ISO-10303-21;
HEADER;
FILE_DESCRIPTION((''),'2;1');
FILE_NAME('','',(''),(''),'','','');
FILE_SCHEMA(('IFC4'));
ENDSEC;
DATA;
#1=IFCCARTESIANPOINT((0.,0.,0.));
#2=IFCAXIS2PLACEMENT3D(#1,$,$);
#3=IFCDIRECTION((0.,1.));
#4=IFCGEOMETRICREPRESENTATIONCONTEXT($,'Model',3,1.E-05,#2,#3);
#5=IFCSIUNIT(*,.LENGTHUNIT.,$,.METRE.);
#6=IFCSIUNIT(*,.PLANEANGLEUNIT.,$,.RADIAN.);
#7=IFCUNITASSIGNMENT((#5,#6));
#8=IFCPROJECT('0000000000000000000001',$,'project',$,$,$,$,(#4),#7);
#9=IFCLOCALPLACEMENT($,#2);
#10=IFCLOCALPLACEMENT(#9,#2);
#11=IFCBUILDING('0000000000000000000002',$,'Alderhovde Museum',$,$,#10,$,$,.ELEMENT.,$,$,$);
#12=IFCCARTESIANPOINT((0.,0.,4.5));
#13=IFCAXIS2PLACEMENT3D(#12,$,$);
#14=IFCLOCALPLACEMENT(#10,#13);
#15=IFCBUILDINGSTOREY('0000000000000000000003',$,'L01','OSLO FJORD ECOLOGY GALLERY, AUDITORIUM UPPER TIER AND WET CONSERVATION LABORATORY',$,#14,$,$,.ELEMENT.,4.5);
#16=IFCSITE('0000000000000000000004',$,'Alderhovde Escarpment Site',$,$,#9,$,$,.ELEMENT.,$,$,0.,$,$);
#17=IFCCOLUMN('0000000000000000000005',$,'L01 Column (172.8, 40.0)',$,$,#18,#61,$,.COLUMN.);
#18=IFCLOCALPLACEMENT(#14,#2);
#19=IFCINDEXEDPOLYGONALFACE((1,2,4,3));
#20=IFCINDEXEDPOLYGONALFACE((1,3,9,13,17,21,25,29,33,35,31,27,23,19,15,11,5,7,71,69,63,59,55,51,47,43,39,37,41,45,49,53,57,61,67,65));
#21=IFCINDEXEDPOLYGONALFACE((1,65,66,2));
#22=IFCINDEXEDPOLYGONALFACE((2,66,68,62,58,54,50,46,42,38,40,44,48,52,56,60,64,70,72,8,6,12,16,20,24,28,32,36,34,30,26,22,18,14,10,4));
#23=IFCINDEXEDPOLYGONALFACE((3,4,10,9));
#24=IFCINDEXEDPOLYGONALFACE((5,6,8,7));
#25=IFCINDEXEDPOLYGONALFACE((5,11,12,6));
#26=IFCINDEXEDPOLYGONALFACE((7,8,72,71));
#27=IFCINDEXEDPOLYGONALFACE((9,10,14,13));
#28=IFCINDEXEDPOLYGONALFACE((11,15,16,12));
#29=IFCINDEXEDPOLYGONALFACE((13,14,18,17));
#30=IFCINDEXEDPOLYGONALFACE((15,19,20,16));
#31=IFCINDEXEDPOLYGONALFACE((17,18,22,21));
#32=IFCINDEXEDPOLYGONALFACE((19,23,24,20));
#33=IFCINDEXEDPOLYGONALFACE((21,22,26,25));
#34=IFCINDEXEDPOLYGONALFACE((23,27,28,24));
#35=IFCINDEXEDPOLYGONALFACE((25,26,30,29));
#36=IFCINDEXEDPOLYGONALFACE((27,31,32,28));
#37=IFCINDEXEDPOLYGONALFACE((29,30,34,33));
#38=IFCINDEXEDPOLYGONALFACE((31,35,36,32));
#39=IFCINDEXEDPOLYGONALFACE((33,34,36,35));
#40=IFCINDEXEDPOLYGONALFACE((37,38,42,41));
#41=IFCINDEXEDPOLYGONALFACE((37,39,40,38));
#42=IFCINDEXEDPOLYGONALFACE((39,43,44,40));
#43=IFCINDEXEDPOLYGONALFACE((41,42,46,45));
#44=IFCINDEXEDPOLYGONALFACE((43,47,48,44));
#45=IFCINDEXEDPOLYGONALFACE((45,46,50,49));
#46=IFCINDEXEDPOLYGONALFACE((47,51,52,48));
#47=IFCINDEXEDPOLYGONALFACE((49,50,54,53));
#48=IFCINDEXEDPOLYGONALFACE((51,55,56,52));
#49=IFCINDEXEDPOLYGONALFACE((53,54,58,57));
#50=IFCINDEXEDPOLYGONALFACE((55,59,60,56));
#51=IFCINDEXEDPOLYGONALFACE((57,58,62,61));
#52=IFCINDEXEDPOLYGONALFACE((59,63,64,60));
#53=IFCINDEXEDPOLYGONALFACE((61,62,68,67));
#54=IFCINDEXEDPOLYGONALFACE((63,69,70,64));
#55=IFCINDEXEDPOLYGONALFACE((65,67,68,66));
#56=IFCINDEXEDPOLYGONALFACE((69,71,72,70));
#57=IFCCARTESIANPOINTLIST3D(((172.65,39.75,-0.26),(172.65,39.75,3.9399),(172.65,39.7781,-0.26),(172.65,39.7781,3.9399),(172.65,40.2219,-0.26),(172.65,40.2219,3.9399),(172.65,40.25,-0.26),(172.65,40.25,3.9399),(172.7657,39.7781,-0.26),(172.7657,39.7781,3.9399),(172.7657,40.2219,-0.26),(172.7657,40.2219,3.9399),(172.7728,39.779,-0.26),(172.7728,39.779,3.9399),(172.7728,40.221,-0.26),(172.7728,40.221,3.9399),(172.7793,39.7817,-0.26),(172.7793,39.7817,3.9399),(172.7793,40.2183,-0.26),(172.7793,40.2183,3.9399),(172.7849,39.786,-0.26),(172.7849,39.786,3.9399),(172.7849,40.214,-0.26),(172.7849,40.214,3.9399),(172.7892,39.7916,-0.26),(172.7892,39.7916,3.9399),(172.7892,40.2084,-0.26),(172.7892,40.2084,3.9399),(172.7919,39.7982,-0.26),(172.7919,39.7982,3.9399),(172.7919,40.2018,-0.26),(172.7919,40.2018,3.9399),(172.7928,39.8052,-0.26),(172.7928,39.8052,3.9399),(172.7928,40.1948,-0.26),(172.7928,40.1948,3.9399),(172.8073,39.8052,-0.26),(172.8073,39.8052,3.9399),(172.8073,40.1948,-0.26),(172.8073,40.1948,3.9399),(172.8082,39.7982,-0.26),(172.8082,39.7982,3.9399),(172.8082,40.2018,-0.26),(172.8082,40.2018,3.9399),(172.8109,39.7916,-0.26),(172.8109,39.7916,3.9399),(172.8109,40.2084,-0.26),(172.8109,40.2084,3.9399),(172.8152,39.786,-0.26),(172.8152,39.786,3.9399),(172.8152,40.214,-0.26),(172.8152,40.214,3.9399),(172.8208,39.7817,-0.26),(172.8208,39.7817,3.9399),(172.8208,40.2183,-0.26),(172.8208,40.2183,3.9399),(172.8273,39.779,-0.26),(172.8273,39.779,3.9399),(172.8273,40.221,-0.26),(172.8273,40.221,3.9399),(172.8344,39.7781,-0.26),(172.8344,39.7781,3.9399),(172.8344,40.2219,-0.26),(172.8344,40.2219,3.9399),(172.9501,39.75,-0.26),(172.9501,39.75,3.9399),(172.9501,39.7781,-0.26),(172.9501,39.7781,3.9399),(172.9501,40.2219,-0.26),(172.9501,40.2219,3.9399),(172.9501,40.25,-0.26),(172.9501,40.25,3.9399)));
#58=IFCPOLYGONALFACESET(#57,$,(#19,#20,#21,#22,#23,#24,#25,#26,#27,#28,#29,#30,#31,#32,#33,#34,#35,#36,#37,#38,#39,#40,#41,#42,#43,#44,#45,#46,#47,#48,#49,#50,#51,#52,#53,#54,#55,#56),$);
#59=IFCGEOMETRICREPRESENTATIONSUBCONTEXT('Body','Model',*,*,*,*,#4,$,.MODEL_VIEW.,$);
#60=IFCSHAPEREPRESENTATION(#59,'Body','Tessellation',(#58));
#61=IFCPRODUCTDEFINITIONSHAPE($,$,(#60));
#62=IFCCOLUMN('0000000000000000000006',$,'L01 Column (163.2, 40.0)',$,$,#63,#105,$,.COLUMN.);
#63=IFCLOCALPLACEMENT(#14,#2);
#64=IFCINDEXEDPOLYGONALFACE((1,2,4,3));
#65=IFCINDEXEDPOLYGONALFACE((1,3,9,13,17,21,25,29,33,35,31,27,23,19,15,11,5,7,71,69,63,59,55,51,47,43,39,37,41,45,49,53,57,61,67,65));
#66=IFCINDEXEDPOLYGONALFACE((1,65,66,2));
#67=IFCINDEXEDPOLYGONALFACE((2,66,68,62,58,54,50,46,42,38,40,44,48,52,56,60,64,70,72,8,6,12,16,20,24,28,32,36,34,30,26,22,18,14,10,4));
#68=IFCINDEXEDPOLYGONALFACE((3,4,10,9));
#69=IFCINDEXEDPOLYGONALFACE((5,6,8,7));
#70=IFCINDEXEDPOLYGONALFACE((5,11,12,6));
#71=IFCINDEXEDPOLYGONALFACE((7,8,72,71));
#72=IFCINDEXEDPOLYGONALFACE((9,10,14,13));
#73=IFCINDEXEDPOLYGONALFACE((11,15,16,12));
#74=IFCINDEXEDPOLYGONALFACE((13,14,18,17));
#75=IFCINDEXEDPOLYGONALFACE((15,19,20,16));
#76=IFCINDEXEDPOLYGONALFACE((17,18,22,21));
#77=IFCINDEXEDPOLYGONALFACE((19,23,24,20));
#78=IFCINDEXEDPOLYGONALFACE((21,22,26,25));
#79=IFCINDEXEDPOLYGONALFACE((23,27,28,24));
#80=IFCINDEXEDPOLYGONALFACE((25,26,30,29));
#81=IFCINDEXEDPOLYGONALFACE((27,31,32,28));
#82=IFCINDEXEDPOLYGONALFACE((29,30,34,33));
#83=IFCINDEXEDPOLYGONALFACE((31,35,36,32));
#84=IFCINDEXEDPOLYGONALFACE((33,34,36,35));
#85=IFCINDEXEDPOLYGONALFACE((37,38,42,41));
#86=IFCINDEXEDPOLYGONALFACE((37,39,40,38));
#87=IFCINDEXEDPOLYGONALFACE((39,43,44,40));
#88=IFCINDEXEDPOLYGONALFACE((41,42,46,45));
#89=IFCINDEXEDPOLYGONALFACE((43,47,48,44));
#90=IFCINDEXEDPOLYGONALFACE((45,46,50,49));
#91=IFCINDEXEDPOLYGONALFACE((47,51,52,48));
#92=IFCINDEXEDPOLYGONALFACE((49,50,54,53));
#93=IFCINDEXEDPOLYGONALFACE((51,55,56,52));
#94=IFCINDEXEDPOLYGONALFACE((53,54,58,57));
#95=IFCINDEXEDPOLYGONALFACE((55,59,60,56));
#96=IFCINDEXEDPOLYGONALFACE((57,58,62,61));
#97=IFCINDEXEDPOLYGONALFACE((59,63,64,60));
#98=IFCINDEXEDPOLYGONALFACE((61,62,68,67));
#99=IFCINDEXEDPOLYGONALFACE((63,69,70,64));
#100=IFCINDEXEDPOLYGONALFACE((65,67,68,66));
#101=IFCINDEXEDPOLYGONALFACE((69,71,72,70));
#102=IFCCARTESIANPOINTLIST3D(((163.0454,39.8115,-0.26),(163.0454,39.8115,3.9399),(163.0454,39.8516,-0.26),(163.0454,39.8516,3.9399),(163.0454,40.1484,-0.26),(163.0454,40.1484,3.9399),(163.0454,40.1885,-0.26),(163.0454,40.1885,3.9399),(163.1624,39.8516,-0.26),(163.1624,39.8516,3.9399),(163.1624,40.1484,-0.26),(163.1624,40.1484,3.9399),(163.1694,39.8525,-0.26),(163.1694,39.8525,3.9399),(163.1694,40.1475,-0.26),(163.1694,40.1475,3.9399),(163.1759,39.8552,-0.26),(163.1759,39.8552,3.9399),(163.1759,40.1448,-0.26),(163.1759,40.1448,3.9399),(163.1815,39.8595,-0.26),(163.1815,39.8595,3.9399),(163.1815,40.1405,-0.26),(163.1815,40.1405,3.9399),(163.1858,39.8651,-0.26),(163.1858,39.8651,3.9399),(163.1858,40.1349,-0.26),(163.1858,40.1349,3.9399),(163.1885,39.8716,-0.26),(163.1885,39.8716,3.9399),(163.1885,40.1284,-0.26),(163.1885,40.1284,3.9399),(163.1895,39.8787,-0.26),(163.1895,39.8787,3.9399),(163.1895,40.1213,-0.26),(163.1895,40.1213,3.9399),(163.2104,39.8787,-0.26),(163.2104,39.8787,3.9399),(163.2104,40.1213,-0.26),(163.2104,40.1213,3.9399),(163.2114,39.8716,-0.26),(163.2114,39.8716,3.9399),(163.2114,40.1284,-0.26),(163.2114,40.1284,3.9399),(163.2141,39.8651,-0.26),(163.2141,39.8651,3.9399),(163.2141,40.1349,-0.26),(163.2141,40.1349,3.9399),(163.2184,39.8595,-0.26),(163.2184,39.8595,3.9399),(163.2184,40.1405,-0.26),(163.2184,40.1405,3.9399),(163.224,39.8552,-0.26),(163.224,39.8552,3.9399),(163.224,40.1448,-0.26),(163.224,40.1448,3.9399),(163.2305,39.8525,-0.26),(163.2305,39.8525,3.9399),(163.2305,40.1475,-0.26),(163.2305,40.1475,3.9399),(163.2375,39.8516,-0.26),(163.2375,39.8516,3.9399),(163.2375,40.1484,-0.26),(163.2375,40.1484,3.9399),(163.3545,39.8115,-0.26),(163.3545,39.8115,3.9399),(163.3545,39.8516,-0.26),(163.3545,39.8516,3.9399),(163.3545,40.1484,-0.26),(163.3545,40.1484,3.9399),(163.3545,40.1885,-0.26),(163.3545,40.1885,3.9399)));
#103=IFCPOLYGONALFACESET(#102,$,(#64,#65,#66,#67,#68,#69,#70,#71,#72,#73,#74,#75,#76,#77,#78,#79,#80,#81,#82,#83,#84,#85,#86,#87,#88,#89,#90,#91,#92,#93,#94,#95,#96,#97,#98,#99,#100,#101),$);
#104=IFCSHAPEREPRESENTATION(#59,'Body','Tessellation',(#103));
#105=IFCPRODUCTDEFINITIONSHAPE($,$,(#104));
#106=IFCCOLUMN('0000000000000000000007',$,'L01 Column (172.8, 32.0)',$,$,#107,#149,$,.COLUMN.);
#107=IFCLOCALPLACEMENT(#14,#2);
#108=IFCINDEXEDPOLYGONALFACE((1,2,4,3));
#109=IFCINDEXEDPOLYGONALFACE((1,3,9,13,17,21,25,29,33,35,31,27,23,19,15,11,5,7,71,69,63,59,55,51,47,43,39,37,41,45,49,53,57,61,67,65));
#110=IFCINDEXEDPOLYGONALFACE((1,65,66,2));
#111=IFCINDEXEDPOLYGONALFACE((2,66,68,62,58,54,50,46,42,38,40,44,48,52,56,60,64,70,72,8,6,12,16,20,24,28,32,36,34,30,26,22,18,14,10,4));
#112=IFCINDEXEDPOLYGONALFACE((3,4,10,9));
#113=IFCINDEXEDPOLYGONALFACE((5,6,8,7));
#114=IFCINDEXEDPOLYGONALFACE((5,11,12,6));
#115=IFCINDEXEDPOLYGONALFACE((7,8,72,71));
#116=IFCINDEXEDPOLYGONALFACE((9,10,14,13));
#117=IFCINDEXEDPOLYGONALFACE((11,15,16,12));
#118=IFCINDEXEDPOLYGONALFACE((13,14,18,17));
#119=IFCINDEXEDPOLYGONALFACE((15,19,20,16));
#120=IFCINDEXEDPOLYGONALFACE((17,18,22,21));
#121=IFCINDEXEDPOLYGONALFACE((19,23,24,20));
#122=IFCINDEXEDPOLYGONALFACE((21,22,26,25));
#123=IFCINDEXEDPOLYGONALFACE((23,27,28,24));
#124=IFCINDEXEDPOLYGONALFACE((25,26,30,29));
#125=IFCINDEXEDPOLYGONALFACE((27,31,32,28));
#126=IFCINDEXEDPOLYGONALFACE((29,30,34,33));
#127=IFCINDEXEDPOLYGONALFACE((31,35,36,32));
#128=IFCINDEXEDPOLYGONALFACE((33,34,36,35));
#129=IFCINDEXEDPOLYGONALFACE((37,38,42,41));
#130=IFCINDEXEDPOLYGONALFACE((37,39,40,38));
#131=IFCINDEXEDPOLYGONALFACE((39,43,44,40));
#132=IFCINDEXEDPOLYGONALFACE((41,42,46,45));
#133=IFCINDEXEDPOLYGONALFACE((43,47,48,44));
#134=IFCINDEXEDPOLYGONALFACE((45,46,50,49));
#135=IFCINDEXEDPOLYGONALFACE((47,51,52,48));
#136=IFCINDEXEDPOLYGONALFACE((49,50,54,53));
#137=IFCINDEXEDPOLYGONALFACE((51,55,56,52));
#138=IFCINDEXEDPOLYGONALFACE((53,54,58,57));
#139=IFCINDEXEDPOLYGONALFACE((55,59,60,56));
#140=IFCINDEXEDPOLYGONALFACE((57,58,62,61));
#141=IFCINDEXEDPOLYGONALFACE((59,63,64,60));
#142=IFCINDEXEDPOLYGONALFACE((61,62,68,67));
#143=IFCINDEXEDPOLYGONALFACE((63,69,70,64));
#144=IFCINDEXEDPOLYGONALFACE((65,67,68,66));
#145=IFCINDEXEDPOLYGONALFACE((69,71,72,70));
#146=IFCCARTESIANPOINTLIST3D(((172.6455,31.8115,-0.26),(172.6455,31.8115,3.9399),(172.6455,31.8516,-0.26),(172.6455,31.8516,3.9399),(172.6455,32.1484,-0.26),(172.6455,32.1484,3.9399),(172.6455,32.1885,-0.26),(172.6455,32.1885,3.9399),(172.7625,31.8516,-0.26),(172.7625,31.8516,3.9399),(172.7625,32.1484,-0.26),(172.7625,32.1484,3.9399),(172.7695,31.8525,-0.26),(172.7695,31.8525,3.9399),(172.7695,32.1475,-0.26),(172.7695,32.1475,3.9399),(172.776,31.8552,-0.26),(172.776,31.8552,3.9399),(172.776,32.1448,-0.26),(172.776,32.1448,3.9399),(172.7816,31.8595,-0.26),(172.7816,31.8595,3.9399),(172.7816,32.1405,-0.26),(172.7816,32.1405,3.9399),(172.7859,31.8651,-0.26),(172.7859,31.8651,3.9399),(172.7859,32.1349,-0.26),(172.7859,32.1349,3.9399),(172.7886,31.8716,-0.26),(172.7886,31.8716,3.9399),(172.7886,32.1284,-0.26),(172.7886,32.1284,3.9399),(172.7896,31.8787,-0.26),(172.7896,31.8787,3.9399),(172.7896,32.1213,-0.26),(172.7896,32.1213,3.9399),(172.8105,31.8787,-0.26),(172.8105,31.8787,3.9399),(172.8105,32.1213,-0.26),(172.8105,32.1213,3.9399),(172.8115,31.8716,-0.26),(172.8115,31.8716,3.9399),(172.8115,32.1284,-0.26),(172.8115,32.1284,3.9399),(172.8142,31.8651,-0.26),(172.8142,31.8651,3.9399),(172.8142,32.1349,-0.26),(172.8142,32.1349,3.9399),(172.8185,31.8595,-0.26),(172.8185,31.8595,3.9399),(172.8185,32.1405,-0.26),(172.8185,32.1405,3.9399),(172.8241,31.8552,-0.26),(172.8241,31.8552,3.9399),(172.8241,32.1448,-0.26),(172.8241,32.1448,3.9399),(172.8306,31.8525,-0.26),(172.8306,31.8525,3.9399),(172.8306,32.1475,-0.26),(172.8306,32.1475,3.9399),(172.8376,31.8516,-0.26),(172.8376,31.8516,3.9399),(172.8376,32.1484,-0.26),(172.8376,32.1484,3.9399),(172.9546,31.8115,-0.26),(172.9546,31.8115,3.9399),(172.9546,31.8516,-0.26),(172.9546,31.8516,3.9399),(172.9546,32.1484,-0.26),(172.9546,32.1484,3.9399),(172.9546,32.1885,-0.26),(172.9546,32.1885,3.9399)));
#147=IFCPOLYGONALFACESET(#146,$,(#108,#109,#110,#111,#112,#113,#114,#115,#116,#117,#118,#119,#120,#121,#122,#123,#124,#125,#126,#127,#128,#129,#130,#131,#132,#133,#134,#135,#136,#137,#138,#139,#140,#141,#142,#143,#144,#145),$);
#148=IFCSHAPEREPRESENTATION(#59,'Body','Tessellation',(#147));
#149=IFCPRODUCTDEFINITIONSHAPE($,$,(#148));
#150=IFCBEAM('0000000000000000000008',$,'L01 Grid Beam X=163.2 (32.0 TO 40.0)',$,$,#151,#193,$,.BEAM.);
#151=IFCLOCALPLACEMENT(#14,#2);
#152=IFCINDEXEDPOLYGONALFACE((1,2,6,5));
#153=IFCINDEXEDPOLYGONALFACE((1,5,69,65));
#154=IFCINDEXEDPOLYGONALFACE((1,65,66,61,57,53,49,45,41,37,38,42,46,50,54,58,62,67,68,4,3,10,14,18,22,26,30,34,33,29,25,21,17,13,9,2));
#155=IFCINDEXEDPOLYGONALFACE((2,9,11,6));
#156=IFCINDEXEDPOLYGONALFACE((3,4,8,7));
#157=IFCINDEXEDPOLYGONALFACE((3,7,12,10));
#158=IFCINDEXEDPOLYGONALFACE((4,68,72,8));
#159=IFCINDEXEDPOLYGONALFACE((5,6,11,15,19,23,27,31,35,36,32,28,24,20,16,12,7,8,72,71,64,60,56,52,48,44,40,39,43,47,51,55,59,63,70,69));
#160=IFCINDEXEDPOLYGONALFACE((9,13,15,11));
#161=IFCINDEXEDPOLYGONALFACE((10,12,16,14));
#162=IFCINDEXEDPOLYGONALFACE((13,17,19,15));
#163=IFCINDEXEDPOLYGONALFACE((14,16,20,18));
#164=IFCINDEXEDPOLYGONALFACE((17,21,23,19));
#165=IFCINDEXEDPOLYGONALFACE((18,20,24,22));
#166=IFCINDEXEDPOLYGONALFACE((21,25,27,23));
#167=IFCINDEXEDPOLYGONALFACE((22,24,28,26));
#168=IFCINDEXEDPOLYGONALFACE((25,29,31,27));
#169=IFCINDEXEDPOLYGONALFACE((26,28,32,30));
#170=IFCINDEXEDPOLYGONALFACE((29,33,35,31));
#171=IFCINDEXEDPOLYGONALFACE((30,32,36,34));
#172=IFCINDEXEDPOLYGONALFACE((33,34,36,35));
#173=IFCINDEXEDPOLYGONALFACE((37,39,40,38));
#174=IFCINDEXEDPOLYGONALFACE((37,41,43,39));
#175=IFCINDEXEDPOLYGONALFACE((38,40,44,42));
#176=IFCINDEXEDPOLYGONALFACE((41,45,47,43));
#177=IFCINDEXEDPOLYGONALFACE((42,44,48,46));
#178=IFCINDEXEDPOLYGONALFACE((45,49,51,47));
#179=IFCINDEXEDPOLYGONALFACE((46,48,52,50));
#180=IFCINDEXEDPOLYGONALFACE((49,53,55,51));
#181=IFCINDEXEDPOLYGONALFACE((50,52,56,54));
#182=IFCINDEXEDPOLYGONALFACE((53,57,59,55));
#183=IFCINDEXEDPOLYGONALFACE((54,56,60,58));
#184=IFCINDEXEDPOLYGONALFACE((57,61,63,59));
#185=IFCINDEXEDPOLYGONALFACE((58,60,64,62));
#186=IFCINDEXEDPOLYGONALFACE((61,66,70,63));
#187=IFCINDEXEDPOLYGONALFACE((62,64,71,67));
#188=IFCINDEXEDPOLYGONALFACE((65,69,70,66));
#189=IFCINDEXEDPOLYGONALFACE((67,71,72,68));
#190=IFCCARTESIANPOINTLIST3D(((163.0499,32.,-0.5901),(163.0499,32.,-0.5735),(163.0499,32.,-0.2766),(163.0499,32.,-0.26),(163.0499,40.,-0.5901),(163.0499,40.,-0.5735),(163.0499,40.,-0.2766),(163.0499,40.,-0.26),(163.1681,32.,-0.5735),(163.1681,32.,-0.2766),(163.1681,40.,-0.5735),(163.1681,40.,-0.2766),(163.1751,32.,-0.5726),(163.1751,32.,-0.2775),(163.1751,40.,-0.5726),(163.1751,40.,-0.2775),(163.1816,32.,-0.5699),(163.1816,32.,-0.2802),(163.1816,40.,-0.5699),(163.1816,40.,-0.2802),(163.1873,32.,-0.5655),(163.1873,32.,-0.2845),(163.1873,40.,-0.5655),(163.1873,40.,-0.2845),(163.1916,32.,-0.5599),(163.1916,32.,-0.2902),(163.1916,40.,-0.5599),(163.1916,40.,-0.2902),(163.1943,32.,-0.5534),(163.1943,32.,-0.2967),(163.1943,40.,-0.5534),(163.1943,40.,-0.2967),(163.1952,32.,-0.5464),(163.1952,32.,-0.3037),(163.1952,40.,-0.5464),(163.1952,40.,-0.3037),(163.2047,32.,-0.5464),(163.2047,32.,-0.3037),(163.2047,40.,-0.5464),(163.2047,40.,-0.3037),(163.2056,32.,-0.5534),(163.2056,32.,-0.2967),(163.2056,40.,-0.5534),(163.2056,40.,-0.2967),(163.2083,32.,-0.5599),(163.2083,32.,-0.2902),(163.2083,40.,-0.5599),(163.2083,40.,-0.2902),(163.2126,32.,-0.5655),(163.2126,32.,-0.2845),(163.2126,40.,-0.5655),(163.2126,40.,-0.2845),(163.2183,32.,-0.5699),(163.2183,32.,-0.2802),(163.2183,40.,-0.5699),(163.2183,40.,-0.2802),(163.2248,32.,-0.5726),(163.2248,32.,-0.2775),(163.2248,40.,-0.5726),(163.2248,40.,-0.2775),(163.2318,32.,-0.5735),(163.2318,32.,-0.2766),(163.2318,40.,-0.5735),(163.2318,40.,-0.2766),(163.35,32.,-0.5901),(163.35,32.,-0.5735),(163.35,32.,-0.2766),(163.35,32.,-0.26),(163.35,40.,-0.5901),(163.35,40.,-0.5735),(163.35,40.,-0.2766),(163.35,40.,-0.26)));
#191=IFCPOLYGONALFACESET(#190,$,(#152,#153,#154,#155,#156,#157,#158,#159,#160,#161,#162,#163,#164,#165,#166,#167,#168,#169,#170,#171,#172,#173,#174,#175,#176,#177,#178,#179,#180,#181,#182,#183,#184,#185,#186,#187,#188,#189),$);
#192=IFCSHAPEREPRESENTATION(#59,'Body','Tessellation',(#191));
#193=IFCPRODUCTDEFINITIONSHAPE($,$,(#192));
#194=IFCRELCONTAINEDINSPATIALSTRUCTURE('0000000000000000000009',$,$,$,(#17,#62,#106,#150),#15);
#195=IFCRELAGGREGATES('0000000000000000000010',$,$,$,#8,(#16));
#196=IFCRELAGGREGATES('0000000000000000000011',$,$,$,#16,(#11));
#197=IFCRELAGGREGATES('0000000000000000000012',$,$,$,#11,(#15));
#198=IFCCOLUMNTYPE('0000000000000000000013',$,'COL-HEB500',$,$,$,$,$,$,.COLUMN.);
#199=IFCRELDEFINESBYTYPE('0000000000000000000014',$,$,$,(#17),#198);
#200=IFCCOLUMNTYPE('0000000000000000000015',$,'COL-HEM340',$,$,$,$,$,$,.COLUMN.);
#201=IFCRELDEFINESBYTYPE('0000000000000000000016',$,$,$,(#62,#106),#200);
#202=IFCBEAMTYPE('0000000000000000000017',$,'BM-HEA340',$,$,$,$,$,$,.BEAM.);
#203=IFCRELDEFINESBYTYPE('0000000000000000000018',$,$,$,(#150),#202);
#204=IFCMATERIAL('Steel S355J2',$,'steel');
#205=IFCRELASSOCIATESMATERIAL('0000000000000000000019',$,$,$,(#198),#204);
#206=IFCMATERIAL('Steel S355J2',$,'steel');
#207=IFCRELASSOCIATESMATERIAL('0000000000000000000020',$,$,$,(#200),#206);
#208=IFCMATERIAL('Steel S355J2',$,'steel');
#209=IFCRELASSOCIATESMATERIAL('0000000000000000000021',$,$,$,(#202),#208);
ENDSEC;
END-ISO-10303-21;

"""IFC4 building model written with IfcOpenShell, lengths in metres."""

from ifc_helpers import new_model, si_unit, direction, frame, origin, origin_2d, place, context, subcontext, project, spatial, i_section, extrude, material, material_profile, profile_set, type_object, element, save


model = new_model("IFC4")

# Units and contexts
model_context = context("Model", 3, precision=1e-05, world=origin(), true_north=direction((0.0, 1.0)))
body_context = subcontext(model_context, "Body", "Model", "MODEL_VIEW")
ifc_project = project(units=[si_unit("LENGTHUNIT", "METRE"), si_unit("PLANEANGLEUNIT", "RADIAN")], contexts=[model_context])

# Site, building, storey
site_placement = place(None, origin())
site = spatial("IfcSite", under=ifc_project, at=site_placement, Name="Alderhovde Escarpment Site", CompositionType="ELEMENT", RefElevation=0.0)
building_placement = place(site_placement, origin())
building = spatial("IfcBuilding", under=site, at=building_placement, Name="Alderhovde Museum", CompositionType="ELEMENT")
storey_placement = place(building_placement, frame((0.0, 0.0, 4.5)))
storey = spatial("IfcBuildingStorey", under=building, at=storey_placement, Name="L01", Description="OSLO FJORD ECOLOGY GALLERY, AUDITORIUM UPPER TIER AND WET CONSERVATION LABORATORY", CompositionType="ELEMENT", Elevation=4.5)

# Columns
ifc_material_1 = material(Name="Steel S355J2", Category="steel")
ifc_material_profile_1 = material_profile(ifc_material_1, i_section(OverallWidth=0.3, OverallDepth=0.5, WebThickness=0.0144, FlangeThickness=0.0281, FilletRadius=0.0271, at=origin_2d()), Name="HEB 500")
ifc_profile_set_1 = profile_set([ifc_material_profile_1], Name="Steel S355J2")
column_type_1 = type_object("IfcColumnType", Name="COL-HEB500", PredefinedType="COLUMN", material=ifc_profile_set_1)
for number, where, z_axis, x_axis, name in (
    (1, (172.8, 40.0, -0.26), (0.0, 0.0, 1.0), (1.0, 0.0, 0.0), "L01 Column (172.8, 40.0)"),
):
    element("IfcColumn", number, at=place(storey_placement, frame(where, z_axis=z_axis, x_axis=x_axis)), inside=storey, type_object=column_type_1, Name=name, PredefinedType="COLUMN", context=body_context, shape_type="SweptSolid", body=[
        extrude(i_section(OverallWidth=0.3, OverallDepth=0.5, WebThickness=0.0144, FlangeThickness=0.0281, FilletRadius=0.0271, at=origin_2d()), origin(), (0.0, 0.0, 1.0), 4.2),
    ])
ifc_material_2 = material(Name="Steel S355J2", Category="steel")
ifc_material_profile_2 = material_profile(ifc_material_2, i_section(OverallWidth=0.3091, OverallDepth=0.377, WebThickness=0.021, FlangeThickness=0.04, FilletRadius=0.0271, at=origin_2d()), Name="HEM 340")
ifc_profile_set_2 = profile_set([ifc_material_profile_2], Name="Steel S355J2")
column_type_2 = type_object("IfcColumnType", Name="COL-HEM340", PredefinedType="COLUMN", material=ifc_profile_set_2)
for number, where, z_axis, x_axis, name in (
    (2, (163.2, 40.0, -0.26), (0.0, 0.0, 1.0), (1.0, 0.0, 0.0), "L01 Column (163.2, 40.0)"),
    (3, (172.8, 32.0, -0.26), (0.0, 0.0, 1.0), (1.0, 0.0, 0.0), "L01 Column (172.8, 32.0)"),
):
    element("IfcColumn", number, at=place(storey_placement, frame(where, z_axis=z_axis, x_axis=x_axis)), inside=storey, type_object=column_type_2, Name=name, PredefinedType="COLUMN", context=body_context, shape_type="SweptSolid", body=[
        extrude(i_section(OverallWidth=0.3091, OverallDepth=0.377, WebThickness=0.021, FlangeThickness=0.04, FilletRadius=0.0271, at=origin_2d()), origin(), (0.0, 0.0, 1.0), 4.2),
    ])

# Beam
ifc_material_3 = material(Name="Steel S355J2", Category="steel")
ifc_material_profile_3 = material_profile(ifc_material_3, i_section(OverallWidth=0.3, OverallDepth=0.3301, WebThickness=0.0095, FlangeThickness=0.0166, FilletRadius=0.0271, at=origin_2d()), Name="HEA 340")
ifc_profile_set_3 = profile_set([ifc_material_profile_3], Name="Steel S355J2")
beam_type_1 = type_object("IfcBeamType", Name="BM-HEA340", PredefinedType="BEAM", material=ifc_profile_set_3)
for number, where, z_axis, x_axis, name in (
    (4, (163.2, 32.0, -0.425), (0.0, 1.0, 0.0), (-1.0, 0.0, 0.0), "L01 Grid Beam X=163.2 (32.0 TO 40.0)"),
):
    element("IfcBeam", number, at=place(storey_placement, frame(where, z_axis=z_axis, x_axis=x_axis)), inside=storey, type_object=beam_type_1, Name=name, PredefinedType="BEAM", context=body_context, shape_type="SweptSolid", body=[
        extrude(i_section(OverallWidth=0.3, OverallDepth=0.3301, WebThickness=0.0095, FlangeThickness=0.0166, FilletRadius=0.0271, at=origin_2d()), origin(), (0.0, 0.0, 1.0), 8.0),
    ])

save(model, "model.ifc")
